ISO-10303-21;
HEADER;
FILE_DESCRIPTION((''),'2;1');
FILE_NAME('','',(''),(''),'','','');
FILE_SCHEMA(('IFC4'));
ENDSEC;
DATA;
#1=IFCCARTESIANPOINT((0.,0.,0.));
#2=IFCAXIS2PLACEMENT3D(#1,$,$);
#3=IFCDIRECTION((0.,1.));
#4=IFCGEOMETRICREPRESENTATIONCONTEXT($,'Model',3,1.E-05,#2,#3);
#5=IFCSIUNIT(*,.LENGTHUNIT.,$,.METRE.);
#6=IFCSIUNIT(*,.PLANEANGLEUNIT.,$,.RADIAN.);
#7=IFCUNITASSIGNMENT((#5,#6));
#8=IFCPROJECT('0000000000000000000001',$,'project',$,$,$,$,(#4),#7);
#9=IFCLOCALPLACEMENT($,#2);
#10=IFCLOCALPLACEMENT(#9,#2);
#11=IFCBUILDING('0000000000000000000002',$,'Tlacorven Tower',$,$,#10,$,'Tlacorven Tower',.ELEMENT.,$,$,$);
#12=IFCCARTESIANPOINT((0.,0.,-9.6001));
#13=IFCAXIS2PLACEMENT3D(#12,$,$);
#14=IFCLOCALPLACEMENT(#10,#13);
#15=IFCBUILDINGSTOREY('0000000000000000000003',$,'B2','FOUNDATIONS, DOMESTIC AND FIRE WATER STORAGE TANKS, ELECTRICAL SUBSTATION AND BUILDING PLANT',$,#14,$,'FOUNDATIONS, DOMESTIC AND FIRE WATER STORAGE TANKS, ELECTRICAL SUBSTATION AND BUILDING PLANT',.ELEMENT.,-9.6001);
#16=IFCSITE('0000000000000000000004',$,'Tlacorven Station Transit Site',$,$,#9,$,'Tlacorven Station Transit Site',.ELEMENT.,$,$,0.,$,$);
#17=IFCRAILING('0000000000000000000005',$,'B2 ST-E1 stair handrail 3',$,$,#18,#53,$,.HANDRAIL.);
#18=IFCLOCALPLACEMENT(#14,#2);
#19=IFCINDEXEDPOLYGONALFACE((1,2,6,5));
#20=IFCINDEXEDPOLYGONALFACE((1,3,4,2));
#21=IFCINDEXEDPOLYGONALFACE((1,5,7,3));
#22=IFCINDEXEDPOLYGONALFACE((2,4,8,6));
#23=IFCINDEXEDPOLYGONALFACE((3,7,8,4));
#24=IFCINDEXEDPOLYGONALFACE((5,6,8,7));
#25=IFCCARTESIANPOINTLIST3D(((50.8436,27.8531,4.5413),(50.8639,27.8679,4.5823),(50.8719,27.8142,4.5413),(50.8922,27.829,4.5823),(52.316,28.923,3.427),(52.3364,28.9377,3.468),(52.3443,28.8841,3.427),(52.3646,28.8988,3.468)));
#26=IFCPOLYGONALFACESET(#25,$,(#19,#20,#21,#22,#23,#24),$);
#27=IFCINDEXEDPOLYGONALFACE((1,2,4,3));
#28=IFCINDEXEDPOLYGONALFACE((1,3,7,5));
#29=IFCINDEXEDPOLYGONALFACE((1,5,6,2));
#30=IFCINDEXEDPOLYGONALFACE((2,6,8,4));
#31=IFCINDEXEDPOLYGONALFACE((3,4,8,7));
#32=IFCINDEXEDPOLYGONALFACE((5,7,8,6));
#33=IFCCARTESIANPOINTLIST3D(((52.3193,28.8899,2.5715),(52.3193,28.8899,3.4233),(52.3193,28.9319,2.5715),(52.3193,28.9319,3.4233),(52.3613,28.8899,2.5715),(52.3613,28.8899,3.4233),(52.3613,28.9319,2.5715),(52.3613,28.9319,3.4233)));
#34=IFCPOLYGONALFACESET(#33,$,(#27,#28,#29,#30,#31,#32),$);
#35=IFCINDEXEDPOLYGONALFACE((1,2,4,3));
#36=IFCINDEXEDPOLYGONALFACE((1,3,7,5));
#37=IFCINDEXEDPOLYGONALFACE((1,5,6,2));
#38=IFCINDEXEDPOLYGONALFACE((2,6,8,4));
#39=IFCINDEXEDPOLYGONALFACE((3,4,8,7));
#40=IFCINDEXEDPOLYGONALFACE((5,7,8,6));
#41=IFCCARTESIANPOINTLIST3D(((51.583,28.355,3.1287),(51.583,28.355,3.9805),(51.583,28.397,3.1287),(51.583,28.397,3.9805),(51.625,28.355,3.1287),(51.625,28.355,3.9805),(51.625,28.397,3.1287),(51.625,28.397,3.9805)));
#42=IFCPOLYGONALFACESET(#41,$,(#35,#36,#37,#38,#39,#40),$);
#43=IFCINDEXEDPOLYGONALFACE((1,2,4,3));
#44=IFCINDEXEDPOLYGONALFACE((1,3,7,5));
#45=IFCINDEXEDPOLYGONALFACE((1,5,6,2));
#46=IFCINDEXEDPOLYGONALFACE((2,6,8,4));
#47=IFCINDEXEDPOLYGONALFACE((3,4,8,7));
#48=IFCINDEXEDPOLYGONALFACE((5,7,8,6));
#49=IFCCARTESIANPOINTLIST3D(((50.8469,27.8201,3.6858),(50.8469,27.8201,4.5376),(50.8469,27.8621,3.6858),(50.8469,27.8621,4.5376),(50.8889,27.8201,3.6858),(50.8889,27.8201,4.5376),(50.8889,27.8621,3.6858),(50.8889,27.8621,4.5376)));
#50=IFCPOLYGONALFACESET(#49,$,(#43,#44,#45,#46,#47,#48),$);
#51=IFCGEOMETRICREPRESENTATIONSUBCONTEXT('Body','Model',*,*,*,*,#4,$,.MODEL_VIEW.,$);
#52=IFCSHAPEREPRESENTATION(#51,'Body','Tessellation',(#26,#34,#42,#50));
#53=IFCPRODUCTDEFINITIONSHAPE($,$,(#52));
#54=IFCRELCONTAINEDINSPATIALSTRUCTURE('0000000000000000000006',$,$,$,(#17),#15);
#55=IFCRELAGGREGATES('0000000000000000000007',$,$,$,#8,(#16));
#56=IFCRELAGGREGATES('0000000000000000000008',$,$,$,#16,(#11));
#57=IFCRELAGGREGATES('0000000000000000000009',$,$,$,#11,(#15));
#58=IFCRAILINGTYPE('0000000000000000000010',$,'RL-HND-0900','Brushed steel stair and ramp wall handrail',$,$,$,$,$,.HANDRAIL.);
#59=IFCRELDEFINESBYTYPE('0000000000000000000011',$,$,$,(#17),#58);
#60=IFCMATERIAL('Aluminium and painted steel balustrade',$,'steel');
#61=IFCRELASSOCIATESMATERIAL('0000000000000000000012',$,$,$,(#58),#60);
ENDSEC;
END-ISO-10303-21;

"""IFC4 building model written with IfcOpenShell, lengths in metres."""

from ifc_helpers import new_model, si_unit, direction, frame, origin, origin_2d, place, context, subcontext, project, spatial, rectangle, extrude, source, transform, mapped, material, type_object, element, save


model = new_model("IFC4")

# Units and contexts
model_context = context("Model", 3, precision=1e-05, world=origin(), true_north=direction((0.0, 1.0)))
body_context = subcontext(model_context, "Body", "Model", "MODEL_VIEW")
ifc_project = project(units=[si_unit("LENGTHUNIT", "METRE"), si_unit("PLANEANGLEUNIT", "RADIAN")], contexts=[model_context])

# Site, building, storey
site_placement = place(None, origin())
site = spatial("IfcSite", under=ifc_project, at=site_placement, Name="Tlacorven Station Transit Site", LongName="Tlacorven Station Transit Site", CompositionType="ELEMENT", RefElevation=0.0)
building_placement = place(site_placement, origin())
building = spatial("IfcBuilding", under=site, at=building_placement, Name="Tlacorven Tower", LongName="Tlacorven Tower", CompositionType="ELEMENT")
storey_placement = place(building_placement, frame((0.0, 0.0, -9.6001)))
storey = spatial("IfcBuildingStorey", under=building, at=storey_placement, Name="B2", Description="FOUNDATIONS, DOMESTIC AND FIRE WATER STORAGE TANKS, ELECTRICAL SUBSTATION AND BUILDING PLANT", LongName="FOUNDATIONS, DOMESTIC AND FIRE WATER STORAGE TANKS, ELECTRICAL SUBSTATION AND BUILDING PLANT", CompositionType="ELEMENT", Elevation=-9.6001)

# Railing
ifc_material_1 = material(Name="Aluminium and painted steel balustrade", Category="steel")
railing_type_1 = type_object("IfcRailingType", Name="RL-HND-0900", Description="Brushed steel stair and ramp wall handrail", PredefinedType="HANDRAIL", material=ifc_material_1)
shared_shape_1 = source(origin(), body_context, "Body", "SweptSolid", [
    extrude(rectangle(XDim=0.0481, YDim=0.0481, at=origin_2d()), frame((0.0, 0.0, 0.876), z_axis=(-0.689967, -0.501316, 0.522137), x_axis=(0.587805, -0.809003, 0.0)), (0.0, 0.0, 1.0), 2.134),
    extrude(rectangle(XDim=0.042, YDim=0.042, at=origin_2d()), origin(), (0.0, 0.0, 1.0), 0.8518),
    extrude(rectangle(XDim=0.042, YDim=0.042, at=origin_2d()), frame((-0.7363, -0.5349, 0.5571)), (0.0, 0.0, 1.0), 0.8518),
    extrude(rectangle(XDim=0.042, YDim=0.042, at=origin_2d()), frame((-1.4724, -1.0698, 1.1143)), (0.0, 0.0, 1.0), 0.8518),
])
railing_1_placement = place(storey_placement, frame((52.3403, 28.9109, 2.5715)))
element("IfcRailing", 1, at=railing_1_placement, inside=storey, type_object=railing_type_1, Name="B2 ST-E1 stair handrail 3", PredefinedType="HANDRAIL", context=body_context, shape_type="MappedRepresentation", body=[
    mapped(shared_shape_1, transform((0.0, 0.0, 0.0), scale=1.0)),
])

save(model, "model.ifc")
